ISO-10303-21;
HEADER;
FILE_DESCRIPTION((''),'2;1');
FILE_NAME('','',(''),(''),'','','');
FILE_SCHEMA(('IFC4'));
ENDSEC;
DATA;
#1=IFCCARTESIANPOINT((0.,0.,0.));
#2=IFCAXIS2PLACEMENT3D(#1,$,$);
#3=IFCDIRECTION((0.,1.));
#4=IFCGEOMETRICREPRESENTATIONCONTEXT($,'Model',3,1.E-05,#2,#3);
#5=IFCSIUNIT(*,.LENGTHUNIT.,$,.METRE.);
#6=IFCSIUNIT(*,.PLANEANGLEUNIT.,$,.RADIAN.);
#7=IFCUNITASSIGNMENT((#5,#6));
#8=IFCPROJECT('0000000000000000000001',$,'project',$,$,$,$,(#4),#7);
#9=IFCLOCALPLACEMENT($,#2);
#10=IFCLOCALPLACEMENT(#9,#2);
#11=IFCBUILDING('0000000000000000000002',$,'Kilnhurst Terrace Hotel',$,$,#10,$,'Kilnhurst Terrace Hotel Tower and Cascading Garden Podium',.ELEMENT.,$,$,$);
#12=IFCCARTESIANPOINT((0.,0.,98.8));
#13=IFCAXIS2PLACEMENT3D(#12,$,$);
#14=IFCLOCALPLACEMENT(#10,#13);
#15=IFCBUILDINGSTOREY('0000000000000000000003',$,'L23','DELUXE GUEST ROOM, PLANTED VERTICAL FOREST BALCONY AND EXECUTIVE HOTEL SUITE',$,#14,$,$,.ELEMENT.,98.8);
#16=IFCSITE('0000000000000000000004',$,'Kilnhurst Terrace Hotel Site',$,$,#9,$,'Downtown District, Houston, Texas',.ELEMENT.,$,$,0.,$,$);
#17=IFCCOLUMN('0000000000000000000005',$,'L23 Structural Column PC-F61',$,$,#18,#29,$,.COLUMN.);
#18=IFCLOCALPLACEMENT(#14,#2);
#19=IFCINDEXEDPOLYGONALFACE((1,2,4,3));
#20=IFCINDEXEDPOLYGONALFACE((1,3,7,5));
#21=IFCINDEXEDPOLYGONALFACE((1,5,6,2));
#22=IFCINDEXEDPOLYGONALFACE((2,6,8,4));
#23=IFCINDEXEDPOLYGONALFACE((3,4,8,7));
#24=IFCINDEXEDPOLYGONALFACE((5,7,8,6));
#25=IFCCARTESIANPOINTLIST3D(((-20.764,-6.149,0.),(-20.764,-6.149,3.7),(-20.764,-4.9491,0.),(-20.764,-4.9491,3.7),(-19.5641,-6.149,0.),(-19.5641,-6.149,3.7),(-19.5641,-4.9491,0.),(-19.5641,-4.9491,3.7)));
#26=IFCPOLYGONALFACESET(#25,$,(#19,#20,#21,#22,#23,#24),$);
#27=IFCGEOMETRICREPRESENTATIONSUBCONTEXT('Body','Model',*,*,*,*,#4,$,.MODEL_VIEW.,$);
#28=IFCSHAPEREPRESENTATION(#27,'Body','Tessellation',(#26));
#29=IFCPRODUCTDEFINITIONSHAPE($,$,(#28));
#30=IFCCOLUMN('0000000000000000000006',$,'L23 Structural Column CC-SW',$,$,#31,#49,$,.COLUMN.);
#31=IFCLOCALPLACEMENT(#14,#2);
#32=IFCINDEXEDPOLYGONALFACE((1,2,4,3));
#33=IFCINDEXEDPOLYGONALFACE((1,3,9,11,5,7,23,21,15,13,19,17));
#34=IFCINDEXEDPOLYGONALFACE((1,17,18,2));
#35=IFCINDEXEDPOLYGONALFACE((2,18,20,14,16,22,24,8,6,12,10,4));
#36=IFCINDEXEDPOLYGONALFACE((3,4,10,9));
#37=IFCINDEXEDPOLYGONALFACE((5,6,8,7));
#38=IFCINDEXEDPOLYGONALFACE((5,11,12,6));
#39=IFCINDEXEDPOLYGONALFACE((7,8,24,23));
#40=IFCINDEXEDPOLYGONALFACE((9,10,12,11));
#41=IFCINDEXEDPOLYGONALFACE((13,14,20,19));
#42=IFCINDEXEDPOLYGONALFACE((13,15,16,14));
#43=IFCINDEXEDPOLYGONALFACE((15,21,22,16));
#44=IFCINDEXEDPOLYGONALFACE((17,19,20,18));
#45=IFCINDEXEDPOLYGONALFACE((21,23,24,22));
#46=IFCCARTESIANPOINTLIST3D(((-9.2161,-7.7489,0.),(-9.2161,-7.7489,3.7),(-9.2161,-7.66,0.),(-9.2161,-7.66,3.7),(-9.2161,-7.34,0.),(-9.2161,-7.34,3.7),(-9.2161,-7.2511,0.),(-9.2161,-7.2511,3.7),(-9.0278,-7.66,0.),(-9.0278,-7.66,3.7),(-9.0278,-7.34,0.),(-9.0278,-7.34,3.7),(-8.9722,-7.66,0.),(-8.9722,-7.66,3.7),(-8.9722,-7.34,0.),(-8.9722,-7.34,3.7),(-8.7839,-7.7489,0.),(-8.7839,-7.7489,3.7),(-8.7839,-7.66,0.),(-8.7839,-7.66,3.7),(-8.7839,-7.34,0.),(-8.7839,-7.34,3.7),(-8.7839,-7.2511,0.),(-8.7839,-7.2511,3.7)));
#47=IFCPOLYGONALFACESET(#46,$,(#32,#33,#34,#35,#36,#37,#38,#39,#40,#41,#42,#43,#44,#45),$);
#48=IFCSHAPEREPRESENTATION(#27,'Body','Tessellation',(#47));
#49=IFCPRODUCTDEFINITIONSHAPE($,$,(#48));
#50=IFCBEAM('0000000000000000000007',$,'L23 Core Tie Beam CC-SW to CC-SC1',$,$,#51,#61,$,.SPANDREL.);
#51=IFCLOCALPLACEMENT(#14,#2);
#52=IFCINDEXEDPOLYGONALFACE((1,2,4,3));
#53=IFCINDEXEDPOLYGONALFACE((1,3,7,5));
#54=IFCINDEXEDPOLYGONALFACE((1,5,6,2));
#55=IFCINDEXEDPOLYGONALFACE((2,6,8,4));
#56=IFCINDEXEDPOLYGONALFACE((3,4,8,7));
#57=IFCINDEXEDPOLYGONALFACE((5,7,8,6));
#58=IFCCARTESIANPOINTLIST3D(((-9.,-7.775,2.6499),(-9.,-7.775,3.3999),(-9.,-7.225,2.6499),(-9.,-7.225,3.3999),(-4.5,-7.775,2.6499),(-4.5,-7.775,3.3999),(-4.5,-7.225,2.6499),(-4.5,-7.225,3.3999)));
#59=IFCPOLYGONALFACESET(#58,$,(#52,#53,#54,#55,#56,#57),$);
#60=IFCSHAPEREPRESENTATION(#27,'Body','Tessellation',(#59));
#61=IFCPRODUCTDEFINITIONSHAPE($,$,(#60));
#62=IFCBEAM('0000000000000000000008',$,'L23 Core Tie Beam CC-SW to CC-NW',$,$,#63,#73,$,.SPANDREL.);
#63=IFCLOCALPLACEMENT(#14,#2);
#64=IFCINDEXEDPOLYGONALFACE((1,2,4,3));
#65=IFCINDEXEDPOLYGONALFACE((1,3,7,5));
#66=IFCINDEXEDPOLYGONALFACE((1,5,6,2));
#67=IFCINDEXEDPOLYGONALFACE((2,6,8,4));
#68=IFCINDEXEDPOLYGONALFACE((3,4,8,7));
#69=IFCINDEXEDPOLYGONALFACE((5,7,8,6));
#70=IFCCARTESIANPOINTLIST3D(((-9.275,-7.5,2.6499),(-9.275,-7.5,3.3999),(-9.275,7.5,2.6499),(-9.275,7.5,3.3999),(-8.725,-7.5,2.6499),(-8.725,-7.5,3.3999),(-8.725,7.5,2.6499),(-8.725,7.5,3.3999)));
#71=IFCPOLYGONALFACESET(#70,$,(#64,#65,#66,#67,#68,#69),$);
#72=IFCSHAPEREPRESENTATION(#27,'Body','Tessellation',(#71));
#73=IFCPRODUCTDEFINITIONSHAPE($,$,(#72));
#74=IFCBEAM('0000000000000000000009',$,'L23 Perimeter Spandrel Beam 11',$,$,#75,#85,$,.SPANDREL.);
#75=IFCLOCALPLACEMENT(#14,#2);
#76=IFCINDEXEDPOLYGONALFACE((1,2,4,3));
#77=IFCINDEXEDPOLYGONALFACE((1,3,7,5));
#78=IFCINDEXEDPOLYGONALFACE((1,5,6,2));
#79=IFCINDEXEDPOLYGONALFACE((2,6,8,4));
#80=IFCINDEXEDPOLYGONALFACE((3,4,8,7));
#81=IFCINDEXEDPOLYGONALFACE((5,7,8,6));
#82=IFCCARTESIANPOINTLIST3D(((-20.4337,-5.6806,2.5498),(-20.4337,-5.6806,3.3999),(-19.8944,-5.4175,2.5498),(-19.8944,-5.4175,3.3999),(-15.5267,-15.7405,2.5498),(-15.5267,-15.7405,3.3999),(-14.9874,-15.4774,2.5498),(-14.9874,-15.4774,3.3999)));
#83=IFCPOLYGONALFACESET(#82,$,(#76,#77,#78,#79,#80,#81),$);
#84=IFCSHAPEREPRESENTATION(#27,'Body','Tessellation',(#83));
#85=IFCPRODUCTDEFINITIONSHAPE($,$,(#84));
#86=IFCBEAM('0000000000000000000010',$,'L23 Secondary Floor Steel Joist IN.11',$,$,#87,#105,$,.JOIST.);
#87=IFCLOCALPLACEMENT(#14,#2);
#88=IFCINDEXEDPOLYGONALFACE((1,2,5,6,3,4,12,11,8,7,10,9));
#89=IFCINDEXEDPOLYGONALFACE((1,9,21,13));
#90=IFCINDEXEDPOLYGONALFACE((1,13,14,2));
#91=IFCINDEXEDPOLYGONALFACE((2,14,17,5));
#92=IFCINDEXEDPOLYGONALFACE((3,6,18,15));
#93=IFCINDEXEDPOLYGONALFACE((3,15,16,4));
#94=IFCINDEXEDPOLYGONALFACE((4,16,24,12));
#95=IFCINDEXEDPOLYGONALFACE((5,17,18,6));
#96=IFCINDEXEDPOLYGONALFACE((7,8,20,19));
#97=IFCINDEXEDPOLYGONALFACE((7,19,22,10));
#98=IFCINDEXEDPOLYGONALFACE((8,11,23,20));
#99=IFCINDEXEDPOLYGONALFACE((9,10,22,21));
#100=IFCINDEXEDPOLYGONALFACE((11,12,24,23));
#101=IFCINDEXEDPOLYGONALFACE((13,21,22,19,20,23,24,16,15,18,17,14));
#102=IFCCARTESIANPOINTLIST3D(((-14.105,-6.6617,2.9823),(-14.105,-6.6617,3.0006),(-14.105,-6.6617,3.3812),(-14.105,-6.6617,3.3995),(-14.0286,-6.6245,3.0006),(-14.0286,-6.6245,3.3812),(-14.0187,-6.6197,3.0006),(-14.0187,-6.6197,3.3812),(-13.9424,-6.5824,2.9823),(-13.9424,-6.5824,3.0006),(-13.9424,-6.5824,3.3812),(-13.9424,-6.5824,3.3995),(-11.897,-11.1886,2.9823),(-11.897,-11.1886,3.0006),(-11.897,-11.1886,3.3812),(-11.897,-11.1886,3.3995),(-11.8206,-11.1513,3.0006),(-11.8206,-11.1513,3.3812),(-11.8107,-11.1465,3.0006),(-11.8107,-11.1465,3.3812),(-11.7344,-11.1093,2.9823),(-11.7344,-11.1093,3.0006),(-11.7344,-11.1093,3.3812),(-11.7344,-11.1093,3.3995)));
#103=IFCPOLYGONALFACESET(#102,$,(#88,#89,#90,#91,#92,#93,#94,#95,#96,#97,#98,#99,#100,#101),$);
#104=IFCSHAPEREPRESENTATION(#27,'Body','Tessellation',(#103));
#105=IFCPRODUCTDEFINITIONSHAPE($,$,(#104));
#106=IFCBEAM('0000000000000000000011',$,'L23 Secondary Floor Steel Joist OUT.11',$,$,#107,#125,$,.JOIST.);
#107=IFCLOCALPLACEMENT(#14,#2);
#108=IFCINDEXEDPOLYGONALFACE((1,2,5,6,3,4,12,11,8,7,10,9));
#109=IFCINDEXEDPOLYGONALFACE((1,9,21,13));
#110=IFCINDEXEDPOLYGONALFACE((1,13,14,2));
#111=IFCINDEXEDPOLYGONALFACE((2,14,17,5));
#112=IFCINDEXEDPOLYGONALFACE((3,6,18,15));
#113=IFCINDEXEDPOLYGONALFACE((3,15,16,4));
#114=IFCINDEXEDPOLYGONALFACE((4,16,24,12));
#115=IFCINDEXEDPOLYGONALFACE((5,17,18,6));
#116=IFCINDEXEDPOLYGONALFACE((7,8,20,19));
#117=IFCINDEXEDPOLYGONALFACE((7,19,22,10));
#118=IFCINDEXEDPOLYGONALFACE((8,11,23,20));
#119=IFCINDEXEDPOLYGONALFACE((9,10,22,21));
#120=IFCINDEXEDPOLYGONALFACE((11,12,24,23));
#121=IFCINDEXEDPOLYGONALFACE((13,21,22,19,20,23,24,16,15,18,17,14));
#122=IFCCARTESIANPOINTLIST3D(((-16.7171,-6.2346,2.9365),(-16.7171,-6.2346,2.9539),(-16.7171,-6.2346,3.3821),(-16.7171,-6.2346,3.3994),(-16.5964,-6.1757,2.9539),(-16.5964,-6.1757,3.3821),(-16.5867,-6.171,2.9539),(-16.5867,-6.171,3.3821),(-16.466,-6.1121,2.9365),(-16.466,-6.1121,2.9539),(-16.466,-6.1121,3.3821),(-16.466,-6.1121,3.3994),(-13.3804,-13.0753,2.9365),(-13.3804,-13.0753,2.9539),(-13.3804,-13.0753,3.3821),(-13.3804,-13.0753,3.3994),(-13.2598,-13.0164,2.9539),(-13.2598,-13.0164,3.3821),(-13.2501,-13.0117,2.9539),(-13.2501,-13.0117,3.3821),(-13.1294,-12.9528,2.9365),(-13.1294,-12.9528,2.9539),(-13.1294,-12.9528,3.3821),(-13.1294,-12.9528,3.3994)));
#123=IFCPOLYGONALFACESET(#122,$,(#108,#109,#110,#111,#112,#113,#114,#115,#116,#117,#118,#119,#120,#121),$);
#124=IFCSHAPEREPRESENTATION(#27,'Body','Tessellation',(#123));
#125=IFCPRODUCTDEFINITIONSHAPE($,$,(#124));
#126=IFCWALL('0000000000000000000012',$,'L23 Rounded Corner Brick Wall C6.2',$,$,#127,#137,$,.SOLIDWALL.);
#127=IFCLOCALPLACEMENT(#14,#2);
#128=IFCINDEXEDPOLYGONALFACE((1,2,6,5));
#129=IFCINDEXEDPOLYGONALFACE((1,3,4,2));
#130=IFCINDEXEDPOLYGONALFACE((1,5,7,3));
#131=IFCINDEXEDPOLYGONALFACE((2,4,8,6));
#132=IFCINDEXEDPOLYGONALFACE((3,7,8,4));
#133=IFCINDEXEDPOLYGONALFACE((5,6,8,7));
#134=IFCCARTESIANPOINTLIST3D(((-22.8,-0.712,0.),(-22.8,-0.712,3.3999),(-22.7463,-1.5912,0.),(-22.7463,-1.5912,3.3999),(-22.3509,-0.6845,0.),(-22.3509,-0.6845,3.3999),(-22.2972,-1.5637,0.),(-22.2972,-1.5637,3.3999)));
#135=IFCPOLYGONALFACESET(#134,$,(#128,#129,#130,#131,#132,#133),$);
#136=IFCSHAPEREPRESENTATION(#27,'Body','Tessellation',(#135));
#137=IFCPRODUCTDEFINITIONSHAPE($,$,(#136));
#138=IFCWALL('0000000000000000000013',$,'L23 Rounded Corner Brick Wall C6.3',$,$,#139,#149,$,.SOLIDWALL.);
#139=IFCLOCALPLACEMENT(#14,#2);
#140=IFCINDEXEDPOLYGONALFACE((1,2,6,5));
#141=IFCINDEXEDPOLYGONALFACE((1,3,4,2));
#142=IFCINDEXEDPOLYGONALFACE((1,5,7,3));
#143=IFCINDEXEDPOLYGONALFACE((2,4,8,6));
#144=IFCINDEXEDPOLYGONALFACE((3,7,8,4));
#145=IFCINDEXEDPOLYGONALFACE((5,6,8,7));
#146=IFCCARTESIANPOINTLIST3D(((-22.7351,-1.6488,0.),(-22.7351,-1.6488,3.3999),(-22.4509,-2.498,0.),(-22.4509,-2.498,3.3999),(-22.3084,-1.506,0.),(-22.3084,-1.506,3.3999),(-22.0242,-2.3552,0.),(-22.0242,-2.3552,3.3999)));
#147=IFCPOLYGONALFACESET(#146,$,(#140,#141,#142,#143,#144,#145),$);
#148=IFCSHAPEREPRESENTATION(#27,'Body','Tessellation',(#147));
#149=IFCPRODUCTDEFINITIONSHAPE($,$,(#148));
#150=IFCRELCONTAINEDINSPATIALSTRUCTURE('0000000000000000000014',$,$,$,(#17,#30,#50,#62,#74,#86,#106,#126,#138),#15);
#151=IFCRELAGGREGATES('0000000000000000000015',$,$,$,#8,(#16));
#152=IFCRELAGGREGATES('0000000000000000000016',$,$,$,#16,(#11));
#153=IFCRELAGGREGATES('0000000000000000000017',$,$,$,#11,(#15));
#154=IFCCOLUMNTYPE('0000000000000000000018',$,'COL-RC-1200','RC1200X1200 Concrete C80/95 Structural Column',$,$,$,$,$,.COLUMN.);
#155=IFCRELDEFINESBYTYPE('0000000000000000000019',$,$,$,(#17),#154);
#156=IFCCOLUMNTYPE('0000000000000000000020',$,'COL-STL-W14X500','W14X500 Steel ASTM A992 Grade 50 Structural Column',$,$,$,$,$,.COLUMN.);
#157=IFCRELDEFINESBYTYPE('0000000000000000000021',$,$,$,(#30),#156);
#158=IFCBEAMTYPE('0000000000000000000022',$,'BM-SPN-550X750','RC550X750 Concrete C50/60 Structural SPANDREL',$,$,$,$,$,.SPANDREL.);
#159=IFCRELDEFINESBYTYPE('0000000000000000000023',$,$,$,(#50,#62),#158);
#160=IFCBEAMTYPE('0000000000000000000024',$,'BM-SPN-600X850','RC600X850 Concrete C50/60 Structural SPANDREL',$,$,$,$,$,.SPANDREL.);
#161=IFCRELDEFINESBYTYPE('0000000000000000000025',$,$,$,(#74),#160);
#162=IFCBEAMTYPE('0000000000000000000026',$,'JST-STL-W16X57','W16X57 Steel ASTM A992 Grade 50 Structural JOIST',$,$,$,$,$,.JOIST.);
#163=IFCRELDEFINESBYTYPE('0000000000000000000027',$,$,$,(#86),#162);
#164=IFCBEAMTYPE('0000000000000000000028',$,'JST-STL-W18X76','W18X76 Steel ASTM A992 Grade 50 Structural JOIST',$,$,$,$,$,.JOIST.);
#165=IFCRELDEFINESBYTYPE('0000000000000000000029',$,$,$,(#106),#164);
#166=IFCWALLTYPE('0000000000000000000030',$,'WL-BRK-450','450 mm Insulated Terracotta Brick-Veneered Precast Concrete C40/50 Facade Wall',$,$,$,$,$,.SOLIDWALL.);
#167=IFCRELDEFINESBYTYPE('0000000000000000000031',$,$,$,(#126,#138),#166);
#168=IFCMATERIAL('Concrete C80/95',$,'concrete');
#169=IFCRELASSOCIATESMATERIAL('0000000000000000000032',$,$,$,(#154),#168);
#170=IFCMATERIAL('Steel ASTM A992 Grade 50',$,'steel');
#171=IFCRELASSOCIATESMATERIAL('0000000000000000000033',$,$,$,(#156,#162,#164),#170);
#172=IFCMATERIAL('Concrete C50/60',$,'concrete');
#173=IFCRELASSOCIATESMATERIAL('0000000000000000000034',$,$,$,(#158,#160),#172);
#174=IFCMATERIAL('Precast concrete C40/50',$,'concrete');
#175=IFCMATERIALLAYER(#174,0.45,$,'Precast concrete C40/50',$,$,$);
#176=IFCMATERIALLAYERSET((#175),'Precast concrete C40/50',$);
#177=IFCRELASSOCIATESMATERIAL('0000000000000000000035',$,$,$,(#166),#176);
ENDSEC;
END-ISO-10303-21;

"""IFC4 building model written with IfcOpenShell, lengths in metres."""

from ifc_helpers import new_model, si_unit, direction, frame, frame_2d, origin, origin_2d, place, context, subcontext, project, spatial, rectangle, i_section, extrude, material, layer, layer_set, material_profile, profile_set, type_object, element, save


model = new_model("IFC4")

# Units and contexts
model_context = context("Model", 3, precision=1e-05, world=origin(), true_north=direction((0.0, 1.0)))
body_context = subcontext(model_context, "Body", "Model", "MODEL_VIEW")
ifc_project = project(units=[si_unit("LENGTHUNIT", "METRE"), si_unit("PLANEANGLEUNIT", "RADIAN")], contexts=[model_context])

# Site, building, storey
site_placement = place(None, origin())
site = spatial("IfcSite", under=ifc_project, at=site_placement, Name="Kilnhurst Terrace Hotel Site", LongName="Downtown District, Houston, Texas", CompositionType="ELEMENT", RefElevation=0.0)
building_placement = place(site_placement, origin())
building = spatial("IfcBuilding", under=site, at=building_placement, Name="Kilnhurst Terrace Hotel", LongName="Kilnhurst Terrace Hotel Tower and Cascading Garden Podium", CompositionType="ELEMENT")
storey_placement = place(building_placement, frame((0.0, 0.0, 98.8)))
storey = spatial("IfcBuildingStorey", under=building, at=storey_placement, Name="L23", Description="DELUXE GUEST ROOM, PLANTED VERTICAL FOREST BALCONY AND EXECUTIVE HOTEL SUITE", CompositionType="ELEMENT", Elevation=98.8)

# Columns
ifc_material_1 = material(Name="Concrete C80/95", Category="concrete")
ifc_material_profile_1 = material_profile(ifc_material_1, rectangle(XDim=1.2, YDim=1.2, at=origin_2d()), Name="RC1200X1200")
ifc_profile_set_1 = profile_set([ifc_material_profile_1], Name="Concrete C80/95")
column_type_1 = type_object("IfcColumnType", Name="COL-RC-1200", Description="RC1200X1200 Concrete C80/95 Structural Column", PredefinedType="COLUMN", material=ifc_profile_set_1)
column_1_placement = place(storey_placement, frame((-20.1641, -5.5491, 0.0), z_axis=(0.0, 0.0, 1.0), x_axis=(1.0, 0.0, 0.0)))
element("IfcColumn", 1, at=column_1_placement, inside=storey, type_object=column_type_1, Name="L23 Structural Column PC-F61", PredefinedType="COLUMN", context=body_context, shape_type="SweptSolid", body=[
    extrude(rectangle(XDim=1.2, YDim=1.2, at=origin_2d()), origin(), (0.0, 0.0, 1.0), 3.7),
])
ifc_material_2 = material(Name="Steel ASTM A992 Grade 50", Category="steel")
ifc_material_profile_2 = material_profile(ifc_material_2, i_section(OverallWidth=0.4321, OverallDepth=0.4978, WebThickness=0.0557, FlangeThickness=0.0889, at=origin_2d()), Name="W14X500")
ifc_profile_set_2 = profile_set([ifc_material_profile_2], Name="Steel ASTM A992 Grade 50")
column_type_2 = type_object("IfcColumnType", Name="COL-STL-W14X500", Description="W14X500 Steel ASTM A992 Grade 50 Structural Column", PredefinedType="COLUMN", material=ifc_profile_set_2)
column_2_placement = place(storey_placement, frame((-9.0, -7.5, 0.0), z_axis=(0.0, 0.0, 1.0), x_axis=(1.0, 0.0, 0.0)))
element("IfcColumn", 2, at=column_2_placement, inside=storey, type_object=column_type_2, Name="L23 Structural Column CC-SW", PredefinedType="COLUMN", context=body_context, shape_type="SweptSolid", body=[
    extrude(i_section(OverallWidth=0.4321, OverallDepth=0.4978, WebThickness=0.0557, FlangeThickness=0.0889, at=origin_2d()), origin(), (0.0, 0.0, 1.0), 3.7),
])

# Beams
ifc_material_3 = material(Name="Concrete C50/60", Category="concrete")
ifc_material_profile_3 = material_profile(ifc_material_3, rectangle(XDim=0.55, YDim=0.75, at=origin_2d()), Name="RC550X750")
ifc_profile_set_3 = profile_set([ifc_material_profile_3], Name="Concrete C50/60")
beam_type_1 = type_object("IfcBeamType", Name="BM-SPN-550X750", Description="RC550X750 Concrete C50/60 Structural SPANDREL", PredefinedType="SPANDREL", material=ifc_profile_set_3)
beam_1_placement = place(storey_placement, frame((-9.0, -7.5, 3.0249), z_axis=(1.0, 0.0, 0.0), x_axis=(0.0, 1.0, 0.0)))
element("IfcBeam", 3, at=beam_1_placement, inside=storey, type_object=beam_type_1, Name="L23 Core Tie Beam CC-SW to CC-SC1", PredefinedType="SPANDREL", context=body_context, shape_type="SweptSolid", body=[
    extrude(rectangle(XDim=0.55, YDim=0.75, at=origin_2d()), origin(), (0.0, 0.0, 1.0), 4.5),
])
beam_2_placement = place(storey_placement, frame((-9.0, -7.5, 3.0249), z_axis=(0.0, 1.0, 0.0), x_axis=(-1.0, 0.0, 0.0)))
element("IfcBeam", 4, at=beam_2_placement, inside=storey, type_object=beam_type_1, Name="L23 Core Tie Beam CC-SW to CC-NW", PredefinedType="SPANDREL", context=body_context, shape_type="SweptSolid", body=[
    extrude(rectangle(XDim=0.55, YDim=0.75, at=origin_2d()), origin(), (0.0, 0.0, 1.0), 15.0),
])
ifc_material_profile_4 = material_profile(ifc_material_3, rectangle(XDim=0.6001, YDim=0.8501, at=origin_2d()), Name="RC600X850")
ifc_profile_set_4 = profile_set([ifc_material_profile_4], Name="Concrete C50/60")
beam_type_2 = type_object("IfcBeamType", Name="BM-SPN-600X850", Description="RC600X850 Concrete C50/60 Structural SPANDREL", PredefinedType="SPANDREL", material=ifc_profile_set_4)
beam_3_placement = place(storey_placement, frame((-20.1641, -5.5491, 2.9749), z_axis=(0.438406, -0.898777, 0.0), x_axis=(0.898777, 0.438406, 0.0)))
element("IfcBeam", 5, at=beam_3_placement, inside=storey, type_object=beam_type_2, Name="L23 Perimeter Spandrel Beam 11", PredefinedType="SPANDREL", context=body_context, shape_type="SweptSolid", body=[
    extrude(rectangle(XDim=0.6001, YDim=0.8501, at=origin_2d()), origin(), (0.0, 0.0, 1.0), 11.1929),
])
ifc_material_profile_5 = material_profile(ifc_material_2, i_section(OverallWidth=0.1809, OverallDepth=0.4172, WebThickness=0.011, FlangeThickness=0.0183, at=origin_2d()), Name="W16X57")
ifc_profile_set_5 = profile_set([ifc_material_profile_5], Name="Steel ASTM A992 Grade 50")
beam_type_3 = type_object("IfcBeamType", Name="JST-STL-W16X57", Description="W16X57 Steel ASTM A992 Grade 50 Structural JOIST", PredefinedType="JOIST", material=ifc_profile_set_5)
beam_4_placement = place(storey_placement, frame((-14.0237, -6.6221, 3.1909), z_axis=(0.438389, -0.898785, 0.0), x_axis=(0.898785, 0.438389, 0.0)))
element("IfcBeam", 6, at=beam_4_placement, inside=storey, type_object=beam_type_3, Name="L23 Secondary Floor Steel Joist IN.11", PredefinedType="JOIST", context=body_context, shape_type="SweptSolid", body=[
    extrude(i_section(OverallWidth=0.1809, OverallDepth=0.4172, WebThickness=0.011, FlangeThickness=0.0183, at=origin_2d()), origin(), (0.0, 0.0, 1.0), 5.0366),
])
ifc_material_profile_6 = material_profile(ifc_material_2, i_section(OverallWidth=0.2793, OverallDepth=0.4629, WebThickness=0.0107, FlangeThickness=0.0173, at=origin_2d()), Name="W18X76")
ifc_profile_set_6 = profile_set([ifc_material_profile_6], Name="Steel ASTM A992 Grade 50")
beam_type_4 = type_object("IfcBeamType", Name="JST-STL-W18X76", Description="W18X76 Steel ASTM A992 Grade 50 Structural JOIST", PredefinedType="JOIST", material=ifc_profile_set_6)
beam_5_placement = place(storey_placement, frame((-16.5916, -6.1733, 3.168), z_axis=(0.43839, -0.898785, 0.0), x_axis=(0.898785, 0.43839, 0.0)))
element("IfcBeam", 7, at=beam_5_placement, inside=storey, type_object=beam_type_4, Name="L23 Secondary Floor Steel Joist OUT.11", PredefinedType="JOIST", context=body_context, shape_type="SweptSolid", body=[
    extrude(i_section(OverallWidth=0.2793, OverallDepth=0.4629, WebThickness=0.0107, FlangeThickness=0.0173, at=origin_2d()), origin(), (0.0, 0.0, 1.0), 7.6111),
])

# Walls
ifc_material_4 = material(Name="Precast concrete C40/50", Category="concrete")
ifc_layer_1 = layer(ifc_material_4, 0.45, Name="Precast concrete C40/50")
ifc_layer_set_1 = layer_set([ifc_layer_1], Name="Precast concrete C40/50")
wall_type_1 = type_object("IfcWallType", Name="WL-BRK-450", Description="450 mm Insulated Terracotta Brick-Veneered Precast Concrete C40/50 Facade Wall", PredefinedType="SOLIDWALL", material=ifc_layer_set_1)
wall_1_placement = place(storey_placement, frame((-22.5754, -0.6982, 0.0), z_axis=(0.0, 0.0, 1.0), x_axis=(0.06098, -0.998139, 0.0)))
element("IfcWall", 8, at=wall_1_placement, inside=storey, type_object=wall_type_1, Name="L23 Rounded Corner Brick Wall C6.2", PredefinedType="SOLIDWALL", context=body_context, shape_type="SweptSolid", body=[
    extrude(rectangle(XDim=0.8809, YDim=0.45, at=frame_2d((0.4404, 0.0))), origin(), (0.0, 0.0, 1.0), 3.3999),
])
wall_2_placement = place(storey_placement, frame((-22.5217, -1.5774, 0.0), z_axis=(0.0, 0.0, 1.0), x_axis=(0.317373, -0.948301, 0.0)))
element("IfcWall", 9, at=wall_2_placement, inside=storey, type_object=wall_type_1, Name="L23 Rounded Corner Brick Wall C6.3", PredefinedType="SOLIDWALL", context=body_context, shape_type="SweptSolid", body=[
    extrude(rectangle(XDim=0.8955, YDim=0.45, at=frame_2d((0.4478, 0.0))), origin(), (0.0, 0.0, 1.0), 3.3999),
])

save(model, "model.ifc")
